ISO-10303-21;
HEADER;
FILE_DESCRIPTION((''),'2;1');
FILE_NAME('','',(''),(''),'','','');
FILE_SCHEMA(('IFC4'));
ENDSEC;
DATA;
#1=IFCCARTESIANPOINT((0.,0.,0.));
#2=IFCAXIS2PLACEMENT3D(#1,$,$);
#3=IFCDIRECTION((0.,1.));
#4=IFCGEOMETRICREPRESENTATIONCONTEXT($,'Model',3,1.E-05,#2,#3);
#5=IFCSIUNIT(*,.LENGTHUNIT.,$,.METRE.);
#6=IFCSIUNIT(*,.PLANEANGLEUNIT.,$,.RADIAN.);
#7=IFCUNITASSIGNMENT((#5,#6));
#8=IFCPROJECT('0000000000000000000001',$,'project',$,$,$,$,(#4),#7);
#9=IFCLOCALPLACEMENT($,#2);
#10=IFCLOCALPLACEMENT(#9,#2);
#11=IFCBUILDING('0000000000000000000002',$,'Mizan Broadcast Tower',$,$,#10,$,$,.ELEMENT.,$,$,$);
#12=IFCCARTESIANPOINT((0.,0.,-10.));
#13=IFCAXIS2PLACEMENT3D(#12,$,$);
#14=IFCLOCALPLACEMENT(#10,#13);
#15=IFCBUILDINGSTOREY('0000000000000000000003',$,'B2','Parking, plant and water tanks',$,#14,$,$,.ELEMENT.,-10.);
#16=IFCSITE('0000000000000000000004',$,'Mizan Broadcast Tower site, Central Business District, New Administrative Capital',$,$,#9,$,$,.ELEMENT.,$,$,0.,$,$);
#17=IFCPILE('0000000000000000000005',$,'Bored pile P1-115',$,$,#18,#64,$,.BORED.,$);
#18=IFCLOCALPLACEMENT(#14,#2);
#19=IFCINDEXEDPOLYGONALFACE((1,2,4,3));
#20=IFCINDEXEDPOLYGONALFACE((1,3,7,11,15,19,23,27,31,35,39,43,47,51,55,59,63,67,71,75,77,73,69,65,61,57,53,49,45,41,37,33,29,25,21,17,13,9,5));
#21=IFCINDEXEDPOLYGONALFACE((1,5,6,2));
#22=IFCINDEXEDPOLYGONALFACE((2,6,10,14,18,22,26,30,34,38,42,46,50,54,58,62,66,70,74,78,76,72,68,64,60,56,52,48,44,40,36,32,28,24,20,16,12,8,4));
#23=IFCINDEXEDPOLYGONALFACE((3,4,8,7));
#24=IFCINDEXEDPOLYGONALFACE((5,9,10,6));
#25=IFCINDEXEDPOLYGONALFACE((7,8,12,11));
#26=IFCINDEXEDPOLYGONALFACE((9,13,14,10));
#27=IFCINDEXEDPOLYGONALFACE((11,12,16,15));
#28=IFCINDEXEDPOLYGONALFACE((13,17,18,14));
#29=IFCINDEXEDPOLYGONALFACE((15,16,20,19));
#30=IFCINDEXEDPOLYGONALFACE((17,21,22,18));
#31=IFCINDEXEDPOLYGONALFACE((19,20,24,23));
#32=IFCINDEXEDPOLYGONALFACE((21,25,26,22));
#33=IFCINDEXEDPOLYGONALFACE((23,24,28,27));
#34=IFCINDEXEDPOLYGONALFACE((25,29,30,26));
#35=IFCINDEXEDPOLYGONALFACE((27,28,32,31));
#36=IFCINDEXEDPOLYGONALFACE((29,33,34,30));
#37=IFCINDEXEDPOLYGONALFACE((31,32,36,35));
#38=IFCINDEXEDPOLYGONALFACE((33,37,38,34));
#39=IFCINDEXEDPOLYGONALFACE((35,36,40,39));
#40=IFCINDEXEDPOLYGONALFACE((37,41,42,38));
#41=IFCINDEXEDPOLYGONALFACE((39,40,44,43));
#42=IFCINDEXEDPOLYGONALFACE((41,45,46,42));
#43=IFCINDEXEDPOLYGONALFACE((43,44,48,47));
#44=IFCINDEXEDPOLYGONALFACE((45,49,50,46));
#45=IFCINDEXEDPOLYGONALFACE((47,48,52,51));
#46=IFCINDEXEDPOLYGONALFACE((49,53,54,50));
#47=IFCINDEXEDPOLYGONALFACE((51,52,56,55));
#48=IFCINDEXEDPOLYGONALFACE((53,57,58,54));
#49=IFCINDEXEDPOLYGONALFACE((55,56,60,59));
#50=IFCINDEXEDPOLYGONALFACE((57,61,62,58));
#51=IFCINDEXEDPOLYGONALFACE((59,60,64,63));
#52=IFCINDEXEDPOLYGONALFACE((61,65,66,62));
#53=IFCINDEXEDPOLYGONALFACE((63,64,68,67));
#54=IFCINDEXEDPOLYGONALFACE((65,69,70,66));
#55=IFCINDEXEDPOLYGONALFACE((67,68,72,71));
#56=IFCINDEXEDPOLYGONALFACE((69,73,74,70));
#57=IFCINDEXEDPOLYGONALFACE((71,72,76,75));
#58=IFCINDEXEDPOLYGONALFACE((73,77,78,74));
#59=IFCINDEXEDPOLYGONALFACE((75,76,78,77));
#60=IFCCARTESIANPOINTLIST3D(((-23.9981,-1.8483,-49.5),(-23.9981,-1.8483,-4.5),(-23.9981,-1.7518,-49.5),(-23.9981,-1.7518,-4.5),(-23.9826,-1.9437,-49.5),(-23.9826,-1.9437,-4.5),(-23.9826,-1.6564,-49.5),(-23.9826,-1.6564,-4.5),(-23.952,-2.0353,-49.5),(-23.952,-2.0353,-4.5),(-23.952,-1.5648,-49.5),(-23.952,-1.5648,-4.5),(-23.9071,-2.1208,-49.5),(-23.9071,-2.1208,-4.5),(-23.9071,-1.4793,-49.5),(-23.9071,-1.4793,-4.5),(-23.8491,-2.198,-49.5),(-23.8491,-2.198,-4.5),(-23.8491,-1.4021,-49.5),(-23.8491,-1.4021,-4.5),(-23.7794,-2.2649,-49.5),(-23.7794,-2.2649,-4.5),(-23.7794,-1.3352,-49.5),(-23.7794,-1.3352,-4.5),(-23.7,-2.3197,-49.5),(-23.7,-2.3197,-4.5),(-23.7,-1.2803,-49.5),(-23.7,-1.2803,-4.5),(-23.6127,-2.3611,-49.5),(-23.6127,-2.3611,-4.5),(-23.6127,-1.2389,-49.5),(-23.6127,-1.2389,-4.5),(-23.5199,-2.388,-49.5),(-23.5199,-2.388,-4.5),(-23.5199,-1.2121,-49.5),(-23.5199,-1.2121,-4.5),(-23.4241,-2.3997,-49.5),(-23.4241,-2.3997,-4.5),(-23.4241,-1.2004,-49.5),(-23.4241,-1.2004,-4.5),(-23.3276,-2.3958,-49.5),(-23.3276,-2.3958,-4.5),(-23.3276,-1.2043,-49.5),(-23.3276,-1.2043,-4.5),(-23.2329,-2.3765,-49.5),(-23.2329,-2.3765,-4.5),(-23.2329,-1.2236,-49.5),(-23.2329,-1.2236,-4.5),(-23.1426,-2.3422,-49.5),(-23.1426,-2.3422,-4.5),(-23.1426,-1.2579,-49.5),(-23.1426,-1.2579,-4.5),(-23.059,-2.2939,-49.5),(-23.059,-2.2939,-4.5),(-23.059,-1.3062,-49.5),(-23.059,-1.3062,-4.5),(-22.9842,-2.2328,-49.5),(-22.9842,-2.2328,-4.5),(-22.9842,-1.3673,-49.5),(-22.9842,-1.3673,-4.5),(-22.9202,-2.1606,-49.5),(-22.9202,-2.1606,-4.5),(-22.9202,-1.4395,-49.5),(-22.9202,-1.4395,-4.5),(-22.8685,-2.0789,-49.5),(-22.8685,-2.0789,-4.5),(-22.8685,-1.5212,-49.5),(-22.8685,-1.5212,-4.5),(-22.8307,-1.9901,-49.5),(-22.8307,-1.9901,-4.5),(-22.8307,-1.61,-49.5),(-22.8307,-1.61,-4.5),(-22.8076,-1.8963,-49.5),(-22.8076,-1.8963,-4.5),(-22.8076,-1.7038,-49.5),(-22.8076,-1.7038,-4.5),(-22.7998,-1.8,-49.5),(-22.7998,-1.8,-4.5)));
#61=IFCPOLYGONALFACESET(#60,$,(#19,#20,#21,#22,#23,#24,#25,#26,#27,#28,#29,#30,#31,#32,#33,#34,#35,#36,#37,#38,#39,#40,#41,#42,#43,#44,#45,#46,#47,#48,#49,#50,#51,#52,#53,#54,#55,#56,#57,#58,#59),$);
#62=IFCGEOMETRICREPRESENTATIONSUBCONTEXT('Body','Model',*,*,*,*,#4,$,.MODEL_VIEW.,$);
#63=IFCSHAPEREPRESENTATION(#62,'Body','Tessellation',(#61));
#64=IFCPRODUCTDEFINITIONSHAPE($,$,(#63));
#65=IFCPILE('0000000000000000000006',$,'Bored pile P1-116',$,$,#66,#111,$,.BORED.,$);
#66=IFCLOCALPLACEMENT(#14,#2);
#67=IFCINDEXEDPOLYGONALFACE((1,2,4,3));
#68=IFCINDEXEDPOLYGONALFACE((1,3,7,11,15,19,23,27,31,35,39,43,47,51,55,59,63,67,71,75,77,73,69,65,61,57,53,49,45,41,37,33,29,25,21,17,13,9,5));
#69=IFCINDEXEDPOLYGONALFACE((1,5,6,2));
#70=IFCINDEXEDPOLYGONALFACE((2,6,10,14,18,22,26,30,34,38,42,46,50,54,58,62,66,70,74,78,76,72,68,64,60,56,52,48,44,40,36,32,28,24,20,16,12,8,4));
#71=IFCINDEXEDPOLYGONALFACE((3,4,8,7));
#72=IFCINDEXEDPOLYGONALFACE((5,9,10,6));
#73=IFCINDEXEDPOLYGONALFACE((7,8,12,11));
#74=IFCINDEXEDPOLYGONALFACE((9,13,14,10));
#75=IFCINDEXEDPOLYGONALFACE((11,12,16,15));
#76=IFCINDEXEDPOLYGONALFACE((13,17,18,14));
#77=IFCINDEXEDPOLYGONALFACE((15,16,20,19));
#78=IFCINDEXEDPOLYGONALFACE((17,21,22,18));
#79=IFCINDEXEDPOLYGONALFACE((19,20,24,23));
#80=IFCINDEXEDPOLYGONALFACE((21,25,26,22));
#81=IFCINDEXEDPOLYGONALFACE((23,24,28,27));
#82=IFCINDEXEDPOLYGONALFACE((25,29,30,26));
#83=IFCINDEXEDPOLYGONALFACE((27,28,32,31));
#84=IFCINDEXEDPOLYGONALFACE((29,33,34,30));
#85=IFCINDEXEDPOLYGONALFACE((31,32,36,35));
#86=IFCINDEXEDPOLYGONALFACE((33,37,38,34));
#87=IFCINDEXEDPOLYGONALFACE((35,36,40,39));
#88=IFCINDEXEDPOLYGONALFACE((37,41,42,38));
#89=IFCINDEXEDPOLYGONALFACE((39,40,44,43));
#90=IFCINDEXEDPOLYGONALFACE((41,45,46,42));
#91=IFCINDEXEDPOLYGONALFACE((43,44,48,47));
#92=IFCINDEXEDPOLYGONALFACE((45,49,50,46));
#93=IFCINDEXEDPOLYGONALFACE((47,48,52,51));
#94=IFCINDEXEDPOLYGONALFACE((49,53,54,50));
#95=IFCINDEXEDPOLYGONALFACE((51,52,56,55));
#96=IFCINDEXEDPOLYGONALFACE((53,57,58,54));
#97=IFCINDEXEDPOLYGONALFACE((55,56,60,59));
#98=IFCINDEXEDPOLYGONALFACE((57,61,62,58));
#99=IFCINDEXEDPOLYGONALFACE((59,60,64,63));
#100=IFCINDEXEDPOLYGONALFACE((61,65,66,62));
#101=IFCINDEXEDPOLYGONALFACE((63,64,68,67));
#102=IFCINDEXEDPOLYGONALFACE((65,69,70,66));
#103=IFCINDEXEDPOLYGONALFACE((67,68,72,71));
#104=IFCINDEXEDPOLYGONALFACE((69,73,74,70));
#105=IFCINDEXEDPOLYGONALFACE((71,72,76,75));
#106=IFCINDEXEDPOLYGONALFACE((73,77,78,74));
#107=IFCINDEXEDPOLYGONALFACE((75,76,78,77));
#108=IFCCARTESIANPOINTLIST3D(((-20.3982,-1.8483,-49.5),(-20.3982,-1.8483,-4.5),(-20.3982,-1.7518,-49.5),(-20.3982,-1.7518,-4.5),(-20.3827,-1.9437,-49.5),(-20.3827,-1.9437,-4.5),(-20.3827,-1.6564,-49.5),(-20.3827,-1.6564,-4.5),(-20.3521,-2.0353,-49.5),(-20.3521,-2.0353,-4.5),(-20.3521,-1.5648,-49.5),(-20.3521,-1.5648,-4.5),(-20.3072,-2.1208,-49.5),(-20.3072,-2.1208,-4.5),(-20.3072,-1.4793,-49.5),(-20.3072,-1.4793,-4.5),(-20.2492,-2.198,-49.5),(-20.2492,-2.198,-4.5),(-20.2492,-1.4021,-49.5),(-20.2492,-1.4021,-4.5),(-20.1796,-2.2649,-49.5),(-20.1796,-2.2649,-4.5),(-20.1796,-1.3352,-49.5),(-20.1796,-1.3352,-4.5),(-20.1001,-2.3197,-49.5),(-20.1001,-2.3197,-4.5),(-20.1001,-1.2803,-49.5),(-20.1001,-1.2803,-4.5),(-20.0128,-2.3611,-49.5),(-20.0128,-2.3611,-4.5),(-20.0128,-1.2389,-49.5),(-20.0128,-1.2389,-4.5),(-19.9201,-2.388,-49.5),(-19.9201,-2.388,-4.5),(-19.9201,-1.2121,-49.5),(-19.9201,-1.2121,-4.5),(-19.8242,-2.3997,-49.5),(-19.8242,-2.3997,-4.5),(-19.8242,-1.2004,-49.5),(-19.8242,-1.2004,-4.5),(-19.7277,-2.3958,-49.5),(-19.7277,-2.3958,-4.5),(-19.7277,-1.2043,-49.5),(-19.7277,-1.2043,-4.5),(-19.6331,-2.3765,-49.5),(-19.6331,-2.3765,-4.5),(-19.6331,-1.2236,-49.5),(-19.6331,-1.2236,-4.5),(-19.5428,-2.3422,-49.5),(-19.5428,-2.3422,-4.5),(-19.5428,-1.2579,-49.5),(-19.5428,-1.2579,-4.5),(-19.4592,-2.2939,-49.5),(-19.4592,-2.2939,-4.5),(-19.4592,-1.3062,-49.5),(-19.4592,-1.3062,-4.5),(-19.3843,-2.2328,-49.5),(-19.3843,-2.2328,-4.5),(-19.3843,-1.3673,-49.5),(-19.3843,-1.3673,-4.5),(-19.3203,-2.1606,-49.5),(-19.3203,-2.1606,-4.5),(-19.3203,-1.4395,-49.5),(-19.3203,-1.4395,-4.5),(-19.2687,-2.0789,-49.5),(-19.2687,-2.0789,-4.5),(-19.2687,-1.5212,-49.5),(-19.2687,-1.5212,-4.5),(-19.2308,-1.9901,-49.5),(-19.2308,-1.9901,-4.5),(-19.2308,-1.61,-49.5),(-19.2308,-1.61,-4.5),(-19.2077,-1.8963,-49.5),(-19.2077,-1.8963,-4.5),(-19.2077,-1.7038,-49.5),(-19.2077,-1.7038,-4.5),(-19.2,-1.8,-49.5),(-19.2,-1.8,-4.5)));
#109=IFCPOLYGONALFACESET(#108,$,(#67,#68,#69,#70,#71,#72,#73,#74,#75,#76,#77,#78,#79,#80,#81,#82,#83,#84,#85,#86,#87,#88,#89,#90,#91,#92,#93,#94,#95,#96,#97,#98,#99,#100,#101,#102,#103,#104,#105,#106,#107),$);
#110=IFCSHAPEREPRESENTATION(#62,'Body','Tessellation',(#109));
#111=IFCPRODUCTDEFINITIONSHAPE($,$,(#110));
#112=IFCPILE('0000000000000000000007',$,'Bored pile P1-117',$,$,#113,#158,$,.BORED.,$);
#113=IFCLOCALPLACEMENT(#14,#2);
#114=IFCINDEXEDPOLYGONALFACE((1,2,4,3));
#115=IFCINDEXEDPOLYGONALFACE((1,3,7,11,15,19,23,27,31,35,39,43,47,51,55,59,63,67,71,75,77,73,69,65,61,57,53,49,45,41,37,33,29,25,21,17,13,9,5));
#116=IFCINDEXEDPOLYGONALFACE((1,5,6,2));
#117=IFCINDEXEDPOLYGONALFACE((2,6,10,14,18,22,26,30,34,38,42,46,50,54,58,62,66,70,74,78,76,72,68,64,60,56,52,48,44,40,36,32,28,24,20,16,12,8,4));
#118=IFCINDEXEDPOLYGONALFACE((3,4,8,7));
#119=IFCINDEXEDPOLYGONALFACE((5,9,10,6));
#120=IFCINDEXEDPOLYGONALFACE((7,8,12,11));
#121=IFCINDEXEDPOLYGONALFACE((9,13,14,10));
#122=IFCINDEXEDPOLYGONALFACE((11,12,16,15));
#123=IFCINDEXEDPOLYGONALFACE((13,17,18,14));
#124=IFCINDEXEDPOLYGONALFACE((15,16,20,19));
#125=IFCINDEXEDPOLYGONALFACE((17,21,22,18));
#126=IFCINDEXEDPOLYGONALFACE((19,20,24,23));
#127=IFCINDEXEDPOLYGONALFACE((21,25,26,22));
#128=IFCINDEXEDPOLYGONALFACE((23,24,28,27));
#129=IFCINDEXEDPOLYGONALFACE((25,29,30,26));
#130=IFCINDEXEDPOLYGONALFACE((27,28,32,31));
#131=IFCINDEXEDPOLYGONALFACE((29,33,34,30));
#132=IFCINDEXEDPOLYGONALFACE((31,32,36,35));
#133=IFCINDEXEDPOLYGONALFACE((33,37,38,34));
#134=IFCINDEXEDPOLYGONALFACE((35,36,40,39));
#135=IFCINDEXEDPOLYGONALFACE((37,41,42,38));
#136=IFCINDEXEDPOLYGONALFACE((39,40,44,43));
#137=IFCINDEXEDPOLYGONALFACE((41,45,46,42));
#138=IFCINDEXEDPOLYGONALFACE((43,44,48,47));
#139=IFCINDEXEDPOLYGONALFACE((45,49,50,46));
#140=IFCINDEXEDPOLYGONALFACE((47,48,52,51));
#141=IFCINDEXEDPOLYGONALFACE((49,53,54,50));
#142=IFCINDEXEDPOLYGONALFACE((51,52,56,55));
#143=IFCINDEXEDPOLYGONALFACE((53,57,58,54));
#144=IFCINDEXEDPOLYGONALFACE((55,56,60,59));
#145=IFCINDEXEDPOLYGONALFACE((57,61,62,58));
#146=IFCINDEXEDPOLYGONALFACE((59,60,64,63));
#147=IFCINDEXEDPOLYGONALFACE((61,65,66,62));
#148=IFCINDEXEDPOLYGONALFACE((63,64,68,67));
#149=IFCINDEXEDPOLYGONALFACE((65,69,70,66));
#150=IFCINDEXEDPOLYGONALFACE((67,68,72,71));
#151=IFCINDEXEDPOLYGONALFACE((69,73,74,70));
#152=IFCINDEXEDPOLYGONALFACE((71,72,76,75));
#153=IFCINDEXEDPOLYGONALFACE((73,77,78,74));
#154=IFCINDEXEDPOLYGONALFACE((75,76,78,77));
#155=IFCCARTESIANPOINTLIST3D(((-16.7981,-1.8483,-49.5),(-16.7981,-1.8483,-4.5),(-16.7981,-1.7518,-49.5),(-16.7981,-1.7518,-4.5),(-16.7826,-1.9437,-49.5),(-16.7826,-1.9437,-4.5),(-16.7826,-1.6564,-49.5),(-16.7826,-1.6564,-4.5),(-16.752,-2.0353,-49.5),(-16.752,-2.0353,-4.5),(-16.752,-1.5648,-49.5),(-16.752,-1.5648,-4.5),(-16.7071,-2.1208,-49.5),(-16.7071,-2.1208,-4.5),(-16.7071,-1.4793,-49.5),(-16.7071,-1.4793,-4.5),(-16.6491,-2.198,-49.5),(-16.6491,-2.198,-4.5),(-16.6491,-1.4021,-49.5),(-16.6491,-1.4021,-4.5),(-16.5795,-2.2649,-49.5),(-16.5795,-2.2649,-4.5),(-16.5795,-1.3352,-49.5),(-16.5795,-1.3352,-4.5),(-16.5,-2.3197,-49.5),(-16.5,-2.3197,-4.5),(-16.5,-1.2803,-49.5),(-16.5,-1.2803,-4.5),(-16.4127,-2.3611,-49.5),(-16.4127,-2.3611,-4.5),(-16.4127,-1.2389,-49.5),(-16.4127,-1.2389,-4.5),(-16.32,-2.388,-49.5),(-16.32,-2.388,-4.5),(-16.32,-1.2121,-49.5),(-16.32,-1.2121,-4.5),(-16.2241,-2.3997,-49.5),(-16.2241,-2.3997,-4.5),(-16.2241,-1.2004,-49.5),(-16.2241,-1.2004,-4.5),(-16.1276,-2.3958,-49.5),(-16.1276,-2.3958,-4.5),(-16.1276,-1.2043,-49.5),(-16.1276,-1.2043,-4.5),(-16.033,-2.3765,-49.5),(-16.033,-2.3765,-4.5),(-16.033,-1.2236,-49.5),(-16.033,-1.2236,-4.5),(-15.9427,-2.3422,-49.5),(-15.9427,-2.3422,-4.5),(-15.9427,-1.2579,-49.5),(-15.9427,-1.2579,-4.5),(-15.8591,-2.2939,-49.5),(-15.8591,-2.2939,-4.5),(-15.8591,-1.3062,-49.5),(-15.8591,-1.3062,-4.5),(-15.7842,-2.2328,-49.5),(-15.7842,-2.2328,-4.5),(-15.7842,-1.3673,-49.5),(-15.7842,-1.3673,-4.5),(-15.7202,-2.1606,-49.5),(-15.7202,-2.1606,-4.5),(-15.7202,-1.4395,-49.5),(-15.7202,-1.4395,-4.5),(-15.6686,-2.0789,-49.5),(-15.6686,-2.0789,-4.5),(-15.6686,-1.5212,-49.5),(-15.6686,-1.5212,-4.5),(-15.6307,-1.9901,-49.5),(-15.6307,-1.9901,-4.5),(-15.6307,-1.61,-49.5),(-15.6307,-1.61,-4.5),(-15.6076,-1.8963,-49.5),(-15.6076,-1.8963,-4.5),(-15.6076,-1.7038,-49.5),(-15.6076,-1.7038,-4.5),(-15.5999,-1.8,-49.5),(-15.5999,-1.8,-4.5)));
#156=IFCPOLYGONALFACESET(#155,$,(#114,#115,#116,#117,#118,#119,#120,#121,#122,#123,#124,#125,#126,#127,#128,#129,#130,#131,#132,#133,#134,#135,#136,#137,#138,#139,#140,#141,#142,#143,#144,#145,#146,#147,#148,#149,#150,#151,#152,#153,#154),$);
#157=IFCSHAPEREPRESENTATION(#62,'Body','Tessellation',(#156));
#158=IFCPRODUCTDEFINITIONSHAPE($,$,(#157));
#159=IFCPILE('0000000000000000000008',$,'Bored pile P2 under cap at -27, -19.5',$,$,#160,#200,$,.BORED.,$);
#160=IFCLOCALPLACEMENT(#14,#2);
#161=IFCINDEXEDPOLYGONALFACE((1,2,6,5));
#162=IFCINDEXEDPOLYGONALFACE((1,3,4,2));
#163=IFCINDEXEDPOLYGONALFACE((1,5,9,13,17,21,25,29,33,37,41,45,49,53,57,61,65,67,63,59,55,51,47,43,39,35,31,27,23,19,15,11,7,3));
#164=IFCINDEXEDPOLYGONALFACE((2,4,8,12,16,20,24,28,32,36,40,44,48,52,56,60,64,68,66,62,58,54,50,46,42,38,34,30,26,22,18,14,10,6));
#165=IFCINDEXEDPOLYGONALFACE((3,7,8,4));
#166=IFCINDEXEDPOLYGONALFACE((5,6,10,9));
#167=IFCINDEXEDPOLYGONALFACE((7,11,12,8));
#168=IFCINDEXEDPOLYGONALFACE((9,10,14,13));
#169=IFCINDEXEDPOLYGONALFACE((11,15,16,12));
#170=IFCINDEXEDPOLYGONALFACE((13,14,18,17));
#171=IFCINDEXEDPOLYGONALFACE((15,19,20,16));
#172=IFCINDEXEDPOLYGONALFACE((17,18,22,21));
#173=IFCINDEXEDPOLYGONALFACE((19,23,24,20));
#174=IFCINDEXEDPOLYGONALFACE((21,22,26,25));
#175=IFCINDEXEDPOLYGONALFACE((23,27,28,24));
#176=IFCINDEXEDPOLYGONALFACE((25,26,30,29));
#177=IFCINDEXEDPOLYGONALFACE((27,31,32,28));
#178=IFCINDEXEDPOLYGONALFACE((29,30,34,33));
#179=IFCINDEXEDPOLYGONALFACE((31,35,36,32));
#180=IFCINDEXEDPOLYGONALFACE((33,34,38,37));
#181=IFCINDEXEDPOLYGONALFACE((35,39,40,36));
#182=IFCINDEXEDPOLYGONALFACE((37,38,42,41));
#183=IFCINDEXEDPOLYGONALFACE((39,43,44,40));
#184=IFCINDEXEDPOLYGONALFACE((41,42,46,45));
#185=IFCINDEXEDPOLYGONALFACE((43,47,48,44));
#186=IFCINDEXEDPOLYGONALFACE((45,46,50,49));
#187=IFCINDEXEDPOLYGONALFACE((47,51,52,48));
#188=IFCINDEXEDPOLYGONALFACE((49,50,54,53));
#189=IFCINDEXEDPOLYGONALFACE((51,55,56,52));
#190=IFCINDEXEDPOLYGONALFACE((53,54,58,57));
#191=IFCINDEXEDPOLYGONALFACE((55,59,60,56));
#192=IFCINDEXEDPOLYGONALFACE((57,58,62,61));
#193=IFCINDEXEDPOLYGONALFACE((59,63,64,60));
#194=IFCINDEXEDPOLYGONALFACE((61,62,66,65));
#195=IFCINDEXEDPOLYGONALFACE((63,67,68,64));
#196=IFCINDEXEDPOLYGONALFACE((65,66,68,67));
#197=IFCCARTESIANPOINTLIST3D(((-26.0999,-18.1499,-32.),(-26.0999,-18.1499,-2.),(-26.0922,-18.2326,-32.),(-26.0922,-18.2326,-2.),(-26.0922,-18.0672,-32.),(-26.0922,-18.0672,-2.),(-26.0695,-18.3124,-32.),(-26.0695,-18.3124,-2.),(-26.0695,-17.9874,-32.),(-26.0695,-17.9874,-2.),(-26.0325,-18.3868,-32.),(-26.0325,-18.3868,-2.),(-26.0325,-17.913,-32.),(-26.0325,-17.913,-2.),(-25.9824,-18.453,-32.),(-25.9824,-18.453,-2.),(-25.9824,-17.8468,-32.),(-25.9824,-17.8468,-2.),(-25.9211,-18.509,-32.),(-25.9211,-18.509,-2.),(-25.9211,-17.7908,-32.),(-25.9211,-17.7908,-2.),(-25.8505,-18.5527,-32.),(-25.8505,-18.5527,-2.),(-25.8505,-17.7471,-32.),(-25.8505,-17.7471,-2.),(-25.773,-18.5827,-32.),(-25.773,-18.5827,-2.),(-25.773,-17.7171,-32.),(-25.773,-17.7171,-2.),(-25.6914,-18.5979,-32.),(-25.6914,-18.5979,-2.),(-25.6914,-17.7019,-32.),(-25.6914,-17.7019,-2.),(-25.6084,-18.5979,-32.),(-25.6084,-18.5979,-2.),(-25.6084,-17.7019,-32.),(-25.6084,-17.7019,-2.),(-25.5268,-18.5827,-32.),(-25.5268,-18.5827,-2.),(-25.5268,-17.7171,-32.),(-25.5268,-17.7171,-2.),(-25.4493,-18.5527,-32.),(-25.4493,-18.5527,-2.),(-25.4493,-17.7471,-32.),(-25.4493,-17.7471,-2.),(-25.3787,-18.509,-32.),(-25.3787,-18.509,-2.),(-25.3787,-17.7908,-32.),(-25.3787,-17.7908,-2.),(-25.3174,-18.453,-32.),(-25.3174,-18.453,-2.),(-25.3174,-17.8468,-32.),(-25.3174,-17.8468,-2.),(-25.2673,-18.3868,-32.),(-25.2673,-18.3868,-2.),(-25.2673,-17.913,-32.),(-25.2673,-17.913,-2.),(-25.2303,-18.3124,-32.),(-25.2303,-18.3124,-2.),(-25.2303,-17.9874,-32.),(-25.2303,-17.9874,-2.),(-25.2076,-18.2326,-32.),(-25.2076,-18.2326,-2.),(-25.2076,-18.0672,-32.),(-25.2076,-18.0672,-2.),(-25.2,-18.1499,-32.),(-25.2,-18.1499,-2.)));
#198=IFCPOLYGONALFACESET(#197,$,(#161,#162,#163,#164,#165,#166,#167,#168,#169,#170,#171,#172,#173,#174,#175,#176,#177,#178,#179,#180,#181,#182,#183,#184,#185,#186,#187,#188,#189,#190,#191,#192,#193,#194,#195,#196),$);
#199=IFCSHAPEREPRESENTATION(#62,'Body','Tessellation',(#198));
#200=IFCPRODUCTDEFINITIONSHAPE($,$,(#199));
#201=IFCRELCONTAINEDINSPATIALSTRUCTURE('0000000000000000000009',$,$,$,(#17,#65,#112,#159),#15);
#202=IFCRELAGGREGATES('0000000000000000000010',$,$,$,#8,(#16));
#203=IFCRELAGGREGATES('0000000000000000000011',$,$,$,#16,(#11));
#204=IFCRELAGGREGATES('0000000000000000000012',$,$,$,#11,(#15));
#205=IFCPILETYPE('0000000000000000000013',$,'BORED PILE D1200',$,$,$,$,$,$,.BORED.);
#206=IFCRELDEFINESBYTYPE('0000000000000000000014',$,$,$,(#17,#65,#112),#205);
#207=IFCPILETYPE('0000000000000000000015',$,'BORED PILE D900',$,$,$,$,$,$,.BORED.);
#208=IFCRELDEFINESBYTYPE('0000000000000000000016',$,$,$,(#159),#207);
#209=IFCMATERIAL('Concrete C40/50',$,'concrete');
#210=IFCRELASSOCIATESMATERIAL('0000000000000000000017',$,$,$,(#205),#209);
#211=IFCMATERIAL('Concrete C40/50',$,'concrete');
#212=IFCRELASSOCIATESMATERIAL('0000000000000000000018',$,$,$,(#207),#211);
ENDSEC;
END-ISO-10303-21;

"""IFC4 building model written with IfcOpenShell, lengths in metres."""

from ifc_helpers import new_model, si_unit, direction, frame, origin, origin_2d, place, context, subcontext, project, spatial, circle, extrude, material, material_profile, profile_set, type_object, element, save


model = new_model("IFC4")

# Units and contexts
model_context = context("Model", 3, precision=1e-05, world=origin(), true_north=direction((0.0, 1.0)))
body_context = subcontext(model_context, "Body", "Model", "MODEL_VIEW")
ifc_project = project(units=[si_unit("LENGTHUNIT", "METRE"), si_unit("PLANEANGLEUNIT", "RADIAN")], contexts=[model_context])

# Site, building, storey
site_placement = place(None, origin())
site = spatial("IfcSite", under=ifc_project, at=site_placement, Name="Mizan Broadcast Tower site, Central Business District, New Administrative Capital", CompositionType="ELEMENT", RefElevation=0.0)
building_placement = place(site_placement, origin())
building = spatial("IfcBuilding", under=site, at=building_placement, Name="Mizan Broadcast Tower", CompositionType="ELEMENT")
storey_placement = place(building_placement, frame((0.0, 0.0, -10.0)))
storey = spatial("IfcBuildingStorey", under=building, at=storey_placement, Name="B2", Description="Parking, plant and water tanks", CompositionType="ELEMENT", Elevation=-10.0)

# Piles
ifc_material_1 = material(Name="Concrete C40/50", Category="concrete")
ifc_material_profile_1 = material_profile(ifc_material_1, circle(Radius=0.6001, at=origin_2d()), Name="D1200")
ifc_profile_set_1 = profile_set([ifc_material_profile_1], Name="Concrete C40/50")
pile_type_1 = type_object("IfcPileType", Name="BORED PILE D1200", PredefinedType="BORED", material=ifc_profile_set_1)
for number, where, z_axis, x_axis, name in (
    (1, (-23.3999, -1.8, -4.5), (0.0, 0.0, -1.0), (1.0, 0.0, 0.0), "Bored pile P1-115"),
    (2, (-19.8, -1.8, -4.5), (0.0, 0.0, -1.0), (1.0, 0.0, 0.0), "Bored pile P1-116"),
    (3, (-16.2, -1.8, -4.5), (0.0, 0.0, -1.0), (1.0, 0.0, 0.0), "Bored pile P1-117"),
):
    element("IfcPile", number, at=place(storey_placement, frame(where, z_axis=z_axis, x_axis=x_axis)), inside=storey, type_object=pile_type_1, Name=name, PredefinedType="BORED", context=body_context, shape_type="SweptSolid", body=[
        extrude(circle(Radius=0.6001, at=origin_2d()), origin(), (0.0, 0.0, 1.0), 45.0),
    ])
ifc_material_2 = material(Name="Concrete C40/50", Category="concrete")
ifc_material_profile_2 = material_profile(ifc_material_2, circle(Radius=0.45, at=origin_2d()), Name="D900")
ifc_profile_set_2 = profile_set([ifc_material_profile_2], Name="Concrete C40/50")
pile_type_2 = type_object("IfcPileType", Name="BORED PILE D900", PredefinedType="BORED", material=ifc_profile_set_2)
for number, where, z_axis, x_axis, name in (
    (4, (-25.6499, -18.1499, -2.0), (0.0, 0.0, -1.0), (1.0, 0.0, 0.0), "Bored pile P2 under cap at -27, -19.5"),
):
    element("IfcPile", number, at=place(storey_placement, frame(where, z_axis=z_axis, x_axis=x_axis)), inside=storey, type_object=pile_type_2, Name=name, PredefinedType="BORED", context=body_context, shape_type="SweptSolid", body=[
        extrude(circle(Radius=0.45, at=origin_2d()), origin(), (0.0, 0.0, 1.0), 30.0),
    ])

save(model, "model.ifc")
